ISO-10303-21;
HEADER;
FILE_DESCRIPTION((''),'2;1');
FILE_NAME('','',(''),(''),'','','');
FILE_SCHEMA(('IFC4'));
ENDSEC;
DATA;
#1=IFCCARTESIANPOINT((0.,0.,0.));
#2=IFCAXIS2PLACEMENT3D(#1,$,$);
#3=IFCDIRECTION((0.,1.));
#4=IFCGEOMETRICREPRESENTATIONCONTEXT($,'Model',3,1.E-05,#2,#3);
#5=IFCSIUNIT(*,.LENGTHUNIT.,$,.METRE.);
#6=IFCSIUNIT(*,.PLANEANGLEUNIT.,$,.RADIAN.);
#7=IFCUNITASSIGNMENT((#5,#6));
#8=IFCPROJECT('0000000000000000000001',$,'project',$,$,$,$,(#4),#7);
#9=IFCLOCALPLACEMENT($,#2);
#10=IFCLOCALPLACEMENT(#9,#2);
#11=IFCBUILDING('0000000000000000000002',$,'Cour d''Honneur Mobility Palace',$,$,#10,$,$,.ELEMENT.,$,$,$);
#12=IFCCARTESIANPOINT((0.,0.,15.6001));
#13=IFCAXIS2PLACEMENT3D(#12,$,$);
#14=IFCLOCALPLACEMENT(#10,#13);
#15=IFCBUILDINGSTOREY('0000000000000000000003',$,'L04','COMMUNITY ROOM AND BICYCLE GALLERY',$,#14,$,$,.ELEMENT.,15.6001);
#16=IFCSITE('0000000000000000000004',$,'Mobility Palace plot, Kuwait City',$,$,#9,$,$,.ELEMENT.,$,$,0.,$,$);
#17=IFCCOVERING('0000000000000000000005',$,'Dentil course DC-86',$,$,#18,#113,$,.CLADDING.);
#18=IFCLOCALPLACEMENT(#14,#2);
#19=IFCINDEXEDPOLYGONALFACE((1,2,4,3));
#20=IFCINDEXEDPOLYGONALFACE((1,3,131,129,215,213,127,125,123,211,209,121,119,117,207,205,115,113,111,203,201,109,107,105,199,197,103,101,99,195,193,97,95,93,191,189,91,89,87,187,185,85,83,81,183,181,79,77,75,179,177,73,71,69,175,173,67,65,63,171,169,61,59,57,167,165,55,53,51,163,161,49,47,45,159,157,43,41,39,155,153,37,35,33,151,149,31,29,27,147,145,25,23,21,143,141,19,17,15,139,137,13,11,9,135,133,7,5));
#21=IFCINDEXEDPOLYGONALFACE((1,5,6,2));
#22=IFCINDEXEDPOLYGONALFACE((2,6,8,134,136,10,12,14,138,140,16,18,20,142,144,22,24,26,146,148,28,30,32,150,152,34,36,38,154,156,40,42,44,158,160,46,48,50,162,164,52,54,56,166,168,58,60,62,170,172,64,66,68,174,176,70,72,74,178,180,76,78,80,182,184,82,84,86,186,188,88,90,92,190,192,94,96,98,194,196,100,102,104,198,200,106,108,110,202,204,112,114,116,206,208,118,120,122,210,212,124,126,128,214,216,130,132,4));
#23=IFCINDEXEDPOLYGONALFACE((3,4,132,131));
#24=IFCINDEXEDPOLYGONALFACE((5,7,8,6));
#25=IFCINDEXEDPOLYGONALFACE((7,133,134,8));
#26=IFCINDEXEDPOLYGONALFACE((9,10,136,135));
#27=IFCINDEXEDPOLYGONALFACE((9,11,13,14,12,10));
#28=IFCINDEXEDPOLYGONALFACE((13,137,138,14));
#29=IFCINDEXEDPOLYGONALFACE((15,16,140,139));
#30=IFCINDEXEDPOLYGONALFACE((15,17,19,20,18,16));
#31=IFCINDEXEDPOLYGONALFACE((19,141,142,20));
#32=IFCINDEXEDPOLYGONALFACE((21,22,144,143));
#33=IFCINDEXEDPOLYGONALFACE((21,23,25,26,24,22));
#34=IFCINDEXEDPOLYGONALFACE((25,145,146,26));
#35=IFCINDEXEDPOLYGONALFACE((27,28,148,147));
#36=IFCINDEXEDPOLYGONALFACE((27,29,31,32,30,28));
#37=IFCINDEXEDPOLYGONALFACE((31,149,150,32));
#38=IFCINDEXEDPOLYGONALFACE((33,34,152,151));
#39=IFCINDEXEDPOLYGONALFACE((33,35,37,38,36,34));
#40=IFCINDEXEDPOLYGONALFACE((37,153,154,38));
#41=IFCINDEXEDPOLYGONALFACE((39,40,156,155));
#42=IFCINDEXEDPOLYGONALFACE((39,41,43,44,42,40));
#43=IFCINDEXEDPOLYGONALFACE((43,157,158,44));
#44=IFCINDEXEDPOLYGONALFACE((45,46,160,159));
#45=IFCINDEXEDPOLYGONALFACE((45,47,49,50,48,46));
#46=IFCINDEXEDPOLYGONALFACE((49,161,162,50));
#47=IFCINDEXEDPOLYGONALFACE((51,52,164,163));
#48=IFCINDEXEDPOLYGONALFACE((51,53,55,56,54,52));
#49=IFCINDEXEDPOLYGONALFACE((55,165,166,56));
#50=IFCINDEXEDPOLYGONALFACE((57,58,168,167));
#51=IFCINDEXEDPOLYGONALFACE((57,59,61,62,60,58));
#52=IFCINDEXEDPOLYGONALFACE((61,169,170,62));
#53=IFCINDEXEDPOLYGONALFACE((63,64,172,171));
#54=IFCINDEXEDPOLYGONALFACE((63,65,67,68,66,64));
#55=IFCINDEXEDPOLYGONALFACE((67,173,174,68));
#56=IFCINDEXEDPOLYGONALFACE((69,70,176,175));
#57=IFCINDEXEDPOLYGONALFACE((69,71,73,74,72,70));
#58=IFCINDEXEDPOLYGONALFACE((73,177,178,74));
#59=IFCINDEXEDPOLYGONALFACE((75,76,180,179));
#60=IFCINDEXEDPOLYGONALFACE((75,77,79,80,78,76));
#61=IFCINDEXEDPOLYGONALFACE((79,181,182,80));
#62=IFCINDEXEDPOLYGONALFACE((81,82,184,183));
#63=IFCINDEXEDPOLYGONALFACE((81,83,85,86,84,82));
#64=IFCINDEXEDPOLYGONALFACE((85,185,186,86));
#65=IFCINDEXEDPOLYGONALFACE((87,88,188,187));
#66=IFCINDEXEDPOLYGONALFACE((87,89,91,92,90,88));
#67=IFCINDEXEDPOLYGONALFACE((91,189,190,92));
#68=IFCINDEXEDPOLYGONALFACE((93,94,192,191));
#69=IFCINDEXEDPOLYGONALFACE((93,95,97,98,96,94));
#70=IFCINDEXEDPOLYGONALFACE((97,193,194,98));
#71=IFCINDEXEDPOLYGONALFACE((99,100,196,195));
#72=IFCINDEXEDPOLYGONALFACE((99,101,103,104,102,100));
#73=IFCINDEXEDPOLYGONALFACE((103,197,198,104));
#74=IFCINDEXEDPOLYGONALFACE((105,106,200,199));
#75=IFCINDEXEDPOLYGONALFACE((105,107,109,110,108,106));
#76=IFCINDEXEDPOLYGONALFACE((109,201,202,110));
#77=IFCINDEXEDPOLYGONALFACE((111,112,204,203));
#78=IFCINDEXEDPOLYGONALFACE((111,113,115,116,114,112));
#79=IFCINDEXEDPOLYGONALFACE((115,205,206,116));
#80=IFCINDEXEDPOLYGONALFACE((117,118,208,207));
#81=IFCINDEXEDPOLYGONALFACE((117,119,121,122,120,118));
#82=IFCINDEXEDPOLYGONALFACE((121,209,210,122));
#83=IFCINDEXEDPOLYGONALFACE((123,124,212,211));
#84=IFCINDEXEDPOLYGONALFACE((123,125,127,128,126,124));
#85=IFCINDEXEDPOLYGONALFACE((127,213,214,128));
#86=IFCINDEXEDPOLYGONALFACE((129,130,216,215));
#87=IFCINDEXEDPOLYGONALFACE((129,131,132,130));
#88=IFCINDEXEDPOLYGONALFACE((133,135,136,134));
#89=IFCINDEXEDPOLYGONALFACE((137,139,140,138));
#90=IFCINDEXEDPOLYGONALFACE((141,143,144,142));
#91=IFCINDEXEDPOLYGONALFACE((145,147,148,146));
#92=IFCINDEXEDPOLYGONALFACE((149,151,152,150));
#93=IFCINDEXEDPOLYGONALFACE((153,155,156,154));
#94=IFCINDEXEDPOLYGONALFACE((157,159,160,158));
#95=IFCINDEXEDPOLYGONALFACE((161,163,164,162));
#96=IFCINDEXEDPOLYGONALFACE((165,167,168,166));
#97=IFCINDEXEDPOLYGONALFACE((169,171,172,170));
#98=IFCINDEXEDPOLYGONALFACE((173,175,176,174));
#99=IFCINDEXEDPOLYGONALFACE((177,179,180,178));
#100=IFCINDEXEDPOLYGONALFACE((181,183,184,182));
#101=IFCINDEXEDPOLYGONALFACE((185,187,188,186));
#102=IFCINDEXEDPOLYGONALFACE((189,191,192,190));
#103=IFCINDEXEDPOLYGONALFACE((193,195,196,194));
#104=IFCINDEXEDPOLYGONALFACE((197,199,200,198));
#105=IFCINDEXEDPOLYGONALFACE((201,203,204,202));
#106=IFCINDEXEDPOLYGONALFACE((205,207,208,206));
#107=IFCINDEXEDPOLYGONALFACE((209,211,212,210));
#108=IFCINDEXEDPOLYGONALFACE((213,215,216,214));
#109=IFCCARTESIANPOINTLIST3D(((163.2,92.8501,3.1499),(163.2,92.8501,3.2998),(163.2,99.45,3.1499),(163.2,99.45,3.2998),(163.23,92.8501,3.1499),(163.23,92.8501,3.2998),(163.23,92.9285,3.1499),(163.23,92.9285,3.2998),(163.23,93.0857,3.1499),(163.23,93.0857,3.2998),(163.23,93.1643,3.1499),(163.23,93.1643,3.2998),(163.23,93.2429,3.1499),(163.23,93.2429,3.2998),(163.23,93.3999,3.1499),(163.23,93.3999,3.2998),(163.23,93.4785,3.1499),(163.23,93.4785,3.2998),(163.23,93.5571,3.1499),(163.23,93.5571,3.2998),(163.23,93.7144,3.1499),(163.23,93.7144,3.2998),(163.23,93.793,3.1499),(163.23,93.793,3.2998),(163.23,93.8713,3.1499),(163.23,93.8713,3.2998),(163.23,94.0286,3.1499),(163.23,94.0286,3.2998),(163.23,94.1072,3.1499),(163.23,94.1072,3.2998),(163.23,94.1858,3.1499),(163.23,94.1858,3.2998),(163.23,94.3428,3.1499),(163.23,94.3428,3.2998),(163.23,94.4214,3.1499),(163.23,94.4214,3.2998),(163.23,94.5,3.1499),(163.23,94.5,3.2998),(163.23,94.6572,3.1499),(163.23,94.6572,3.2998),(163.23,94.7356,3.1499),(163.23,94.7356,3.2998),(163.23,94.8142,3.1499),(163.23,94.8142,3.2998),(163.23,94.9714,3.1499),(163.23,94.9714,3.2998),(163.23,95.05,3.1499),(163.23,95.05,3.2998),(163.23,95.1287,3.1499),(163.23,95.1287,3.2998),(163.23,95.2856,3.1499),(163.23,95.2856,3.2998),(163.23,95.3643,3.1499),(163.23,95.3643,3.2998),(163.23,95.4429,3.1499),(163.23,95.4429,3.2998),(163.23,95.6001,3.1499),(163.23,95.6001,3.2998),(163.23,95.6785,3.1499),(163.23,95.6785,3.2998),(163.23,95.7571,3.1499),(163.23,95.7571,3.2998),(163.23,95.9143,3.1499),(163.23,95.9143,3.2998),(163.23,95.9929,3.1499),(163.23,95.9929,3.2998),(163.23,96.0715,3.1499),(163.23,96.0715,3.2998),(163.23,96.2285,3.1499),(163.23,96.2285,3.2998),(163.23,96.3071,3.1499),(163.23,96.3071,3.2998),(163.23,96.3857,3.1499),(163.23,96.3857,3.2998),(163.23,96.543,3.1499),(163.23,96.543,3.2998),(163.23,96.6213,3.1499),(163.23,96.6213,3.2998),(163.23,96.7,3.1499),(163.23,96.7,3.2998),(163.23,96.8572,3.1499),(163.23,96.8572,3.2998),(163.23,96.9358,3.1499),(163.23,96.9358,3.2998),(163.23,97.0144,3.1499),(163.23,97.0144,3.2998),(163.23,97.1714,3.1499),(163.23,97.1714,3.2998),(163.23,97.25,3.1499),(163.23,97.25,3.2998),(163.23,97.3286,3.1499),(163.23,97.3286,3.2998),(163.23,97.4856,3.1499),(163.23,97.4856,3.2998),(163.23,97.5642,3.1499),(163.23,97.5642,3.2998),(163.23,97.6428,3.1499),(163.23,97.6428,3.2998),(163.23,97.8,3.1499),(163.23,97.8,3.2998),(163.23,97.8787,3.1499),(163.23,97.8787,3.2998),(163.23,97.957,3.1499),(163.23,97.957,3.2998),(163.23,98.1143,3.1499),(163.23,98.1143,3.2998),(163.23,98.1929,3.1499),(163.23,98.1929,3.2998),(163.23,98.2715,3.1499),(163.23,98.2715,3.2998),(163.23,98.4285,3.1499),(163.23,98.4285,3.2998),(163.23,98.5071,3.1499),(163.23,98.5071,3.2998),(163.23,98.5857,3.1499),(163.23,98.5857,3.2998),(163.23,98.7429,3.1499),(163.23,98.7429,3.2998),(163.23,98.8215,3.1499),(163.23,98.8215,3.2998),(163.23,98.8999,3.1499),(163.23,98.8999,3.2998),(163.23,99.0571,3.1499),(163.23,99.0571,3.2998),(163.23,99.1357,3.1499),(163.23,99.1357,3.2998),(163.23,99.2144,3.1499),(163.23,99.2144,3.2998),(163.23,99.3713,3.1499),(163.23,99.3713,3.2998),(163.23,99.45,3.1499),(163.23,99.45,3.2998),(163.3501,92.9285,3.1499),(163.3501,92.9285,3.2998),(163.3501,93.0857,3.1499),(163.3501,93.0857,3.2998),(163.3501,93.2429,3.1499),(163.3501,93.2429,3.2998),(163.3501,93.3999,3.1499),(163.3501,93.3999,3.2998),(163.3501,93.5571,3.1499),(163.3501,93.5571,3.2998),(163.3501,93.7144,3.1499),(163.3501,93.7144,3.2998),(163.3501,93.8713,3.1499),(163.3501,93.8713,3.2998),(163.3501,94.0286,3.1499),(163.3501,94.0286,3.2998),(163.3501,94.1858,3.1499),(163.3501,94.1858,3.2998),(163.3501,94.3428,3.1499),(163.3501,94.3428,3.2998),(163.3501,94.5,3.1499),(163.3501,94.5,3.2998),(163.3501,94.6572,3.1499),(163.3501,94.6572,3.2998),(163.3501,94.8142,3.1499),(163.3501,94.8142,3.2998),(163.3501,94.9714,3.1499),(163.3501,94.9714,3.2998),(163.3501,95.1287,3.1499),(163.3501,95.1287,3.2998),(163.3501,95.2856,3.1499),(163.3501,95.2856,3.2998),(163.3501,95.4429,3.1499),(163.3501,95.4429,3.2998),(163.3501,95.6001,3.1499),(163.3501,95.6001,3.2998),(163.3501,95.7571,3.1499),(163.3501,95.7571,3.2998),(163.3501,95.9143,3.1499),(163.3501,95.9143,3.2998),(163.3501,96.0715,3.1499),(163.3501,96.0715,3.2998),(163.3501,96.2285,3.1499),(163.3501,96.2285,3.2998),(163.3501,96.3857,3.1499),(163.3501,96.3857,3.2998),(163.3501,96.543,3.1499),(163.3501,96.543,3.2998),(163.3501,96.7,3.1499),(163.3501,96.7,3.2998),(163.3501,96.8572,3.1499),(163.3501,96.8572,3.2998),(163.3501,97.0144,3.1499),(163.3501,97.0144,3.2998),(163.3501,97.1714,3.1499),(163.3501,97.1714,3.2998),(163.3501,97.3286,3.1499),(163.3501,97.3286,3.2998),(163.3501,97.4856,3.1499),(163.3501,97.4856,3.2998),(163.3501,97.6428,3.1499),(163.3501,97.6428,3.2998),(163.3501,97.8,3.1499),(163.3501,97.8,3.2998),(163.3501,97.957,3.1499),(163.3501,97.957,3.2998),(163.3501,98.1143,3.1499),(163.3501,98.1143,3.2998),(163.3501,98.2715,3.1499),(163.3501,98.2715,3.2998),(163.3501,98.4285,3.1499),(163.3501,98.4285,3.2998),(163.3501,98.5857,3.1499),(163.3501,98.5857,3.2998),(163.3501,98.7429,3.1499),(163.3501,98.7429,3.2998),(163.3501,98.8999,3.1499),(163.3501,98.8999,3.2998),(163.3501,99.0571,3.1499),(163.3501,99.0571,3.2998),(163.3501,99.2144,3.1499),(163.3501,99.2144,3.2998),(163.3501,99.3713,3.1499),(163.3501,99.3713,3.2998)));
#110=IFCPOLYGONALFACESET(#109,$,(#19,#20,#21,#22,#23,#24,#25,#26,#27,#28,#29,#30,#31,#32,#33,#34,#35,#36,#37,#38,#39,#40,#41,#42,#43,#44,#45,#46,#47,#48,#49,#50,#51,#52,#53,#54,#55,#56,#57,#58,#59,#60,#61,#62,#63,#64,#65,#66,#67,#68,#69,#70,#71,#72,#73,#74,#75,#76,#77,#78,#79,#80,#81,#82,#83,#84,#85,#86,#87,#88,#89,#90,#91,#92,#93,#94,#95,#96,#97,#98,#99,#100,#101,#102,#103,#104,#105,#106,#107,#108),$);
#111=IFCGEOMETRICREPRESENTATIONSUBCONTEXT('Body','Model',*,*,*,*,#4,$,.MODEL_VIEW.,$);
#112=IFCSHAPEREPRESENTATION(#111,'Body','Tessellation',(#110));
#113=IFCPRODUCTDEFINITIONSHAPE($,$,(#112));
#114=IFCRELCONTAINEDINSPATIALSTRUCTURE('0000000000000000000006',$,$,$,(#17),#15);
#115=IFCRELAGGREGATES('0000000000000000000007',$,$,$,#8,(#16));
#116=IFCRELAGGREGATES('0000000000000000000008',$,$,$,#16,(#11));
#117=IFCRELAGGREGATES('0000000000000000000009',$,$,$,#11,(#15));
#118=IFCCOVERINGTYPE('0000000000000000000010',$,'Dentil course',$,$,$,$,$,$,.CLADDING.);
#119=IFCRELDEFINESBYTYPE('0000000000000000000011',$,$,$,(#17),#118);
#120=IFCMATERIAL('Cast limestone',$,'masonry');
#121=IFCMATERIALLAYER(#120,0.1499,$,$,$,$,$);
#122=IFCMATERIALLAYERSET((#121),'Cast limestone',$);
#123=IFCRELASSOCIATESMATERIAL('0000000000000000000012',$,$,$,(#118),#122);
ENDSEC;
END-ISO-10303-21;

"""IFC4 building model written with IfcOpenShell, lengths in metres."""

from ifc_helpers import new_model, si_unit, direction, frame, origin, place, context, subcontext, project, spatial, polyline, outline, extrude, material, layer, layer_set, type_object, element, save


model = new_model("IFC4")

# Units and contexts
model_context = context("Model", 3, precision=1e-05, world=origin(), true_north=direction((0.0, 1.0)))
body_context = subcontext(model_context, "Body", "Model", "MODEL_VIEW")
ifc_project = project(units=[si_unit("LENGTHUNIT", "METRE"), si_unit("PLANEANGLEUNIT", "RADIAN")], contexts=[model_context])

# Site, building, storey
site_placement = place(None, origin())
site = spatial("IfcSite", under=ifc_project, at=site_placement, Name="Mobility Palace plot, Kuwait City", CompositionType="ELEMENT", RefElevation=0.0)
building_placement = place(site_placement, origin())
building = spatial("IfcBuilding", under=site, at=building_placement, Name="Cour d'Honneur Mobility Palace", CompositionType="ELEMENT")
storey_placement = place(building_placement, frame((0.0, 0.0, 15.6001)))
storey = spatial("IfcBuildingStorey", under=building, at=storey_placement, Name="L04", Description="COMMUNITY ROOM AND BICYCLE GALLERY", CompositionType="ELEMENT", Elevation=15.6001)

# Covering
ifc_material = material(Name="Cast limestone", Category="masonry")
ifc_layer = layer(ifc_material, 0.1499)
ifc_layer_set = layer_set([ifc_layer], Name="Cast limestone")
covering_type = type_object("IfcCoveringType", Name="Dentil course", PredefinedType="CLADDING", material=ifc_layer_set)
covering_1_placement = place(storey_placement, frame((0.0, 0.0, 3.1499)))
element("IfcCovering", 1, at=covering_1_placement, inside=storey, type_object=covering_type, Name="Dentil course DC-86", PredefinedType="CLADDING", context=body_context, shape_type="SweptSolid", body=[
    extrude(outline(polyline([(163.2, 92.8501), (163.2, 99.45), (163.23, 99.45), (163.23, 99.45), (163.23, 99.3713), (163.3501, 99.3713), (163.3501, 99.2144), (163.23, 99.2144), (163.23, 99.1357), (163.23, 99.1357), (163.23, 99.0571), (163.3501, 99.0571), (163.3501, 98.8999), (163.23, 98.8999), (163.23, 98.8215), (163.23, 98.8215), (163.23, 98.7429), (163.3501, 98.7429), (163.3501, 98.5857), (163.23, 98.5857), (163.23, 98.5071), (163.23, 98.5071), (163.23, 98.4285), (163.3501, 98.4285), (163.3501, 98.2715), (163.23, 98.2715), (163.23, 98.1929), (163.23, 98.1929), (163.23, 98.1143), (163.3501, 98.1143), (163.3501, 97.957), (163.23, 97.957), (163.23, 97.8787), (163.23, 97.8787), (163.23, 97.8), (163.3501, 97.8), (163.3501, 97.6428), (163.23, 97.6428), (163.23, 97.5642), (163.23, 97.5642), (163.23, 97.4856), (163.3501, 97.4856), (163.3501, 97.3286), (163.23, 97.3286), (163.23, 97.25), (163.23, 97.25), (163.23, 97.1714), (163.3501, 97.1714), (163.3501, 97.0144), (163.23, 97.0144), (163.23, 96.9358), (163.23, 96.9358), (163.23, 96.8572), (163.3501, 96.8572), (163.3501, 96.7), (163.23, 96.7), (163.23, 96.6213), (163.23, 96.6213), (163.23, 96.543), (163.3501, 96.543), (163.3501, 96.3857), (163.23, 96.3857), (163.23, 96.3071), (163.23, 96.3071), (163.23, 96.2285), (163.3501, 96.2285), (163.3501, 96.0715), (163.23, 96.0715), (163.23, 95.9929), (163.23, 95.9929), (163.23, 95.9143), (163.3501, 95.9143), (163.3501, 95.7571), (163.23, 95.7571), (163.23, 95.6785), (163.23, 95.6785), (163.23, 95.6001), (163.3501, 95.6001), (163.3501, 95.4429), (163.23, 95.4429), (163.23, 95.3643), (163.23, 95.3643), (163.23, 95.2856), (163.3501, 95.2856), (163.3501, 95.1287), (163.23, 95.1287), (163.23, 95.05), (163.23, 95.05), (163.23, 94.9714), (163.3501, 94.9714), (163.3501, 94.8142), (163.23, 94.8142), (163.23, 94.7356), (163.23, 94.7356), (163.23, 94.6572), (163.3501, 94.6572), (163.3501, 94.5), (163.23, 94.5), (163.23, 94.4214), (163.23, 94.4214), (163.23, 94.3428), (163.3501, 94.3428), (163.3501, 94.1858), (163.23, 94.1858), (163.23, 94.1072), (163.23, 94.1072), (163.23, 94.0286), (163.3501, 94.0286), (163.3501, 93.8713), (163.23, 93.8713), (163.23, 93.793), (163.23, 93.793), (163.23, 93.7144), (163.3501, 93.7144), (163.3501, 93.5571), (163.23, 93.5571), (163.23, 93.4785), (163.23, 93.4785), (163.23, 93.3999), (163.3501, 93.3999), (163.3501, 93.2429), (163.23, 93.2429), (163.23, 93.1643), (163.23, 93.1643), (163.23, 93.0857), (163.3501, 93.0857), (163.3501, 92.9285), (163.23, 92.9285), (163.23, 92.8501), (163.2, 92.8501)])), origin(), (0.0, 0.0, 1.0), 0.1499),
])

save(model, "model.ifc")
